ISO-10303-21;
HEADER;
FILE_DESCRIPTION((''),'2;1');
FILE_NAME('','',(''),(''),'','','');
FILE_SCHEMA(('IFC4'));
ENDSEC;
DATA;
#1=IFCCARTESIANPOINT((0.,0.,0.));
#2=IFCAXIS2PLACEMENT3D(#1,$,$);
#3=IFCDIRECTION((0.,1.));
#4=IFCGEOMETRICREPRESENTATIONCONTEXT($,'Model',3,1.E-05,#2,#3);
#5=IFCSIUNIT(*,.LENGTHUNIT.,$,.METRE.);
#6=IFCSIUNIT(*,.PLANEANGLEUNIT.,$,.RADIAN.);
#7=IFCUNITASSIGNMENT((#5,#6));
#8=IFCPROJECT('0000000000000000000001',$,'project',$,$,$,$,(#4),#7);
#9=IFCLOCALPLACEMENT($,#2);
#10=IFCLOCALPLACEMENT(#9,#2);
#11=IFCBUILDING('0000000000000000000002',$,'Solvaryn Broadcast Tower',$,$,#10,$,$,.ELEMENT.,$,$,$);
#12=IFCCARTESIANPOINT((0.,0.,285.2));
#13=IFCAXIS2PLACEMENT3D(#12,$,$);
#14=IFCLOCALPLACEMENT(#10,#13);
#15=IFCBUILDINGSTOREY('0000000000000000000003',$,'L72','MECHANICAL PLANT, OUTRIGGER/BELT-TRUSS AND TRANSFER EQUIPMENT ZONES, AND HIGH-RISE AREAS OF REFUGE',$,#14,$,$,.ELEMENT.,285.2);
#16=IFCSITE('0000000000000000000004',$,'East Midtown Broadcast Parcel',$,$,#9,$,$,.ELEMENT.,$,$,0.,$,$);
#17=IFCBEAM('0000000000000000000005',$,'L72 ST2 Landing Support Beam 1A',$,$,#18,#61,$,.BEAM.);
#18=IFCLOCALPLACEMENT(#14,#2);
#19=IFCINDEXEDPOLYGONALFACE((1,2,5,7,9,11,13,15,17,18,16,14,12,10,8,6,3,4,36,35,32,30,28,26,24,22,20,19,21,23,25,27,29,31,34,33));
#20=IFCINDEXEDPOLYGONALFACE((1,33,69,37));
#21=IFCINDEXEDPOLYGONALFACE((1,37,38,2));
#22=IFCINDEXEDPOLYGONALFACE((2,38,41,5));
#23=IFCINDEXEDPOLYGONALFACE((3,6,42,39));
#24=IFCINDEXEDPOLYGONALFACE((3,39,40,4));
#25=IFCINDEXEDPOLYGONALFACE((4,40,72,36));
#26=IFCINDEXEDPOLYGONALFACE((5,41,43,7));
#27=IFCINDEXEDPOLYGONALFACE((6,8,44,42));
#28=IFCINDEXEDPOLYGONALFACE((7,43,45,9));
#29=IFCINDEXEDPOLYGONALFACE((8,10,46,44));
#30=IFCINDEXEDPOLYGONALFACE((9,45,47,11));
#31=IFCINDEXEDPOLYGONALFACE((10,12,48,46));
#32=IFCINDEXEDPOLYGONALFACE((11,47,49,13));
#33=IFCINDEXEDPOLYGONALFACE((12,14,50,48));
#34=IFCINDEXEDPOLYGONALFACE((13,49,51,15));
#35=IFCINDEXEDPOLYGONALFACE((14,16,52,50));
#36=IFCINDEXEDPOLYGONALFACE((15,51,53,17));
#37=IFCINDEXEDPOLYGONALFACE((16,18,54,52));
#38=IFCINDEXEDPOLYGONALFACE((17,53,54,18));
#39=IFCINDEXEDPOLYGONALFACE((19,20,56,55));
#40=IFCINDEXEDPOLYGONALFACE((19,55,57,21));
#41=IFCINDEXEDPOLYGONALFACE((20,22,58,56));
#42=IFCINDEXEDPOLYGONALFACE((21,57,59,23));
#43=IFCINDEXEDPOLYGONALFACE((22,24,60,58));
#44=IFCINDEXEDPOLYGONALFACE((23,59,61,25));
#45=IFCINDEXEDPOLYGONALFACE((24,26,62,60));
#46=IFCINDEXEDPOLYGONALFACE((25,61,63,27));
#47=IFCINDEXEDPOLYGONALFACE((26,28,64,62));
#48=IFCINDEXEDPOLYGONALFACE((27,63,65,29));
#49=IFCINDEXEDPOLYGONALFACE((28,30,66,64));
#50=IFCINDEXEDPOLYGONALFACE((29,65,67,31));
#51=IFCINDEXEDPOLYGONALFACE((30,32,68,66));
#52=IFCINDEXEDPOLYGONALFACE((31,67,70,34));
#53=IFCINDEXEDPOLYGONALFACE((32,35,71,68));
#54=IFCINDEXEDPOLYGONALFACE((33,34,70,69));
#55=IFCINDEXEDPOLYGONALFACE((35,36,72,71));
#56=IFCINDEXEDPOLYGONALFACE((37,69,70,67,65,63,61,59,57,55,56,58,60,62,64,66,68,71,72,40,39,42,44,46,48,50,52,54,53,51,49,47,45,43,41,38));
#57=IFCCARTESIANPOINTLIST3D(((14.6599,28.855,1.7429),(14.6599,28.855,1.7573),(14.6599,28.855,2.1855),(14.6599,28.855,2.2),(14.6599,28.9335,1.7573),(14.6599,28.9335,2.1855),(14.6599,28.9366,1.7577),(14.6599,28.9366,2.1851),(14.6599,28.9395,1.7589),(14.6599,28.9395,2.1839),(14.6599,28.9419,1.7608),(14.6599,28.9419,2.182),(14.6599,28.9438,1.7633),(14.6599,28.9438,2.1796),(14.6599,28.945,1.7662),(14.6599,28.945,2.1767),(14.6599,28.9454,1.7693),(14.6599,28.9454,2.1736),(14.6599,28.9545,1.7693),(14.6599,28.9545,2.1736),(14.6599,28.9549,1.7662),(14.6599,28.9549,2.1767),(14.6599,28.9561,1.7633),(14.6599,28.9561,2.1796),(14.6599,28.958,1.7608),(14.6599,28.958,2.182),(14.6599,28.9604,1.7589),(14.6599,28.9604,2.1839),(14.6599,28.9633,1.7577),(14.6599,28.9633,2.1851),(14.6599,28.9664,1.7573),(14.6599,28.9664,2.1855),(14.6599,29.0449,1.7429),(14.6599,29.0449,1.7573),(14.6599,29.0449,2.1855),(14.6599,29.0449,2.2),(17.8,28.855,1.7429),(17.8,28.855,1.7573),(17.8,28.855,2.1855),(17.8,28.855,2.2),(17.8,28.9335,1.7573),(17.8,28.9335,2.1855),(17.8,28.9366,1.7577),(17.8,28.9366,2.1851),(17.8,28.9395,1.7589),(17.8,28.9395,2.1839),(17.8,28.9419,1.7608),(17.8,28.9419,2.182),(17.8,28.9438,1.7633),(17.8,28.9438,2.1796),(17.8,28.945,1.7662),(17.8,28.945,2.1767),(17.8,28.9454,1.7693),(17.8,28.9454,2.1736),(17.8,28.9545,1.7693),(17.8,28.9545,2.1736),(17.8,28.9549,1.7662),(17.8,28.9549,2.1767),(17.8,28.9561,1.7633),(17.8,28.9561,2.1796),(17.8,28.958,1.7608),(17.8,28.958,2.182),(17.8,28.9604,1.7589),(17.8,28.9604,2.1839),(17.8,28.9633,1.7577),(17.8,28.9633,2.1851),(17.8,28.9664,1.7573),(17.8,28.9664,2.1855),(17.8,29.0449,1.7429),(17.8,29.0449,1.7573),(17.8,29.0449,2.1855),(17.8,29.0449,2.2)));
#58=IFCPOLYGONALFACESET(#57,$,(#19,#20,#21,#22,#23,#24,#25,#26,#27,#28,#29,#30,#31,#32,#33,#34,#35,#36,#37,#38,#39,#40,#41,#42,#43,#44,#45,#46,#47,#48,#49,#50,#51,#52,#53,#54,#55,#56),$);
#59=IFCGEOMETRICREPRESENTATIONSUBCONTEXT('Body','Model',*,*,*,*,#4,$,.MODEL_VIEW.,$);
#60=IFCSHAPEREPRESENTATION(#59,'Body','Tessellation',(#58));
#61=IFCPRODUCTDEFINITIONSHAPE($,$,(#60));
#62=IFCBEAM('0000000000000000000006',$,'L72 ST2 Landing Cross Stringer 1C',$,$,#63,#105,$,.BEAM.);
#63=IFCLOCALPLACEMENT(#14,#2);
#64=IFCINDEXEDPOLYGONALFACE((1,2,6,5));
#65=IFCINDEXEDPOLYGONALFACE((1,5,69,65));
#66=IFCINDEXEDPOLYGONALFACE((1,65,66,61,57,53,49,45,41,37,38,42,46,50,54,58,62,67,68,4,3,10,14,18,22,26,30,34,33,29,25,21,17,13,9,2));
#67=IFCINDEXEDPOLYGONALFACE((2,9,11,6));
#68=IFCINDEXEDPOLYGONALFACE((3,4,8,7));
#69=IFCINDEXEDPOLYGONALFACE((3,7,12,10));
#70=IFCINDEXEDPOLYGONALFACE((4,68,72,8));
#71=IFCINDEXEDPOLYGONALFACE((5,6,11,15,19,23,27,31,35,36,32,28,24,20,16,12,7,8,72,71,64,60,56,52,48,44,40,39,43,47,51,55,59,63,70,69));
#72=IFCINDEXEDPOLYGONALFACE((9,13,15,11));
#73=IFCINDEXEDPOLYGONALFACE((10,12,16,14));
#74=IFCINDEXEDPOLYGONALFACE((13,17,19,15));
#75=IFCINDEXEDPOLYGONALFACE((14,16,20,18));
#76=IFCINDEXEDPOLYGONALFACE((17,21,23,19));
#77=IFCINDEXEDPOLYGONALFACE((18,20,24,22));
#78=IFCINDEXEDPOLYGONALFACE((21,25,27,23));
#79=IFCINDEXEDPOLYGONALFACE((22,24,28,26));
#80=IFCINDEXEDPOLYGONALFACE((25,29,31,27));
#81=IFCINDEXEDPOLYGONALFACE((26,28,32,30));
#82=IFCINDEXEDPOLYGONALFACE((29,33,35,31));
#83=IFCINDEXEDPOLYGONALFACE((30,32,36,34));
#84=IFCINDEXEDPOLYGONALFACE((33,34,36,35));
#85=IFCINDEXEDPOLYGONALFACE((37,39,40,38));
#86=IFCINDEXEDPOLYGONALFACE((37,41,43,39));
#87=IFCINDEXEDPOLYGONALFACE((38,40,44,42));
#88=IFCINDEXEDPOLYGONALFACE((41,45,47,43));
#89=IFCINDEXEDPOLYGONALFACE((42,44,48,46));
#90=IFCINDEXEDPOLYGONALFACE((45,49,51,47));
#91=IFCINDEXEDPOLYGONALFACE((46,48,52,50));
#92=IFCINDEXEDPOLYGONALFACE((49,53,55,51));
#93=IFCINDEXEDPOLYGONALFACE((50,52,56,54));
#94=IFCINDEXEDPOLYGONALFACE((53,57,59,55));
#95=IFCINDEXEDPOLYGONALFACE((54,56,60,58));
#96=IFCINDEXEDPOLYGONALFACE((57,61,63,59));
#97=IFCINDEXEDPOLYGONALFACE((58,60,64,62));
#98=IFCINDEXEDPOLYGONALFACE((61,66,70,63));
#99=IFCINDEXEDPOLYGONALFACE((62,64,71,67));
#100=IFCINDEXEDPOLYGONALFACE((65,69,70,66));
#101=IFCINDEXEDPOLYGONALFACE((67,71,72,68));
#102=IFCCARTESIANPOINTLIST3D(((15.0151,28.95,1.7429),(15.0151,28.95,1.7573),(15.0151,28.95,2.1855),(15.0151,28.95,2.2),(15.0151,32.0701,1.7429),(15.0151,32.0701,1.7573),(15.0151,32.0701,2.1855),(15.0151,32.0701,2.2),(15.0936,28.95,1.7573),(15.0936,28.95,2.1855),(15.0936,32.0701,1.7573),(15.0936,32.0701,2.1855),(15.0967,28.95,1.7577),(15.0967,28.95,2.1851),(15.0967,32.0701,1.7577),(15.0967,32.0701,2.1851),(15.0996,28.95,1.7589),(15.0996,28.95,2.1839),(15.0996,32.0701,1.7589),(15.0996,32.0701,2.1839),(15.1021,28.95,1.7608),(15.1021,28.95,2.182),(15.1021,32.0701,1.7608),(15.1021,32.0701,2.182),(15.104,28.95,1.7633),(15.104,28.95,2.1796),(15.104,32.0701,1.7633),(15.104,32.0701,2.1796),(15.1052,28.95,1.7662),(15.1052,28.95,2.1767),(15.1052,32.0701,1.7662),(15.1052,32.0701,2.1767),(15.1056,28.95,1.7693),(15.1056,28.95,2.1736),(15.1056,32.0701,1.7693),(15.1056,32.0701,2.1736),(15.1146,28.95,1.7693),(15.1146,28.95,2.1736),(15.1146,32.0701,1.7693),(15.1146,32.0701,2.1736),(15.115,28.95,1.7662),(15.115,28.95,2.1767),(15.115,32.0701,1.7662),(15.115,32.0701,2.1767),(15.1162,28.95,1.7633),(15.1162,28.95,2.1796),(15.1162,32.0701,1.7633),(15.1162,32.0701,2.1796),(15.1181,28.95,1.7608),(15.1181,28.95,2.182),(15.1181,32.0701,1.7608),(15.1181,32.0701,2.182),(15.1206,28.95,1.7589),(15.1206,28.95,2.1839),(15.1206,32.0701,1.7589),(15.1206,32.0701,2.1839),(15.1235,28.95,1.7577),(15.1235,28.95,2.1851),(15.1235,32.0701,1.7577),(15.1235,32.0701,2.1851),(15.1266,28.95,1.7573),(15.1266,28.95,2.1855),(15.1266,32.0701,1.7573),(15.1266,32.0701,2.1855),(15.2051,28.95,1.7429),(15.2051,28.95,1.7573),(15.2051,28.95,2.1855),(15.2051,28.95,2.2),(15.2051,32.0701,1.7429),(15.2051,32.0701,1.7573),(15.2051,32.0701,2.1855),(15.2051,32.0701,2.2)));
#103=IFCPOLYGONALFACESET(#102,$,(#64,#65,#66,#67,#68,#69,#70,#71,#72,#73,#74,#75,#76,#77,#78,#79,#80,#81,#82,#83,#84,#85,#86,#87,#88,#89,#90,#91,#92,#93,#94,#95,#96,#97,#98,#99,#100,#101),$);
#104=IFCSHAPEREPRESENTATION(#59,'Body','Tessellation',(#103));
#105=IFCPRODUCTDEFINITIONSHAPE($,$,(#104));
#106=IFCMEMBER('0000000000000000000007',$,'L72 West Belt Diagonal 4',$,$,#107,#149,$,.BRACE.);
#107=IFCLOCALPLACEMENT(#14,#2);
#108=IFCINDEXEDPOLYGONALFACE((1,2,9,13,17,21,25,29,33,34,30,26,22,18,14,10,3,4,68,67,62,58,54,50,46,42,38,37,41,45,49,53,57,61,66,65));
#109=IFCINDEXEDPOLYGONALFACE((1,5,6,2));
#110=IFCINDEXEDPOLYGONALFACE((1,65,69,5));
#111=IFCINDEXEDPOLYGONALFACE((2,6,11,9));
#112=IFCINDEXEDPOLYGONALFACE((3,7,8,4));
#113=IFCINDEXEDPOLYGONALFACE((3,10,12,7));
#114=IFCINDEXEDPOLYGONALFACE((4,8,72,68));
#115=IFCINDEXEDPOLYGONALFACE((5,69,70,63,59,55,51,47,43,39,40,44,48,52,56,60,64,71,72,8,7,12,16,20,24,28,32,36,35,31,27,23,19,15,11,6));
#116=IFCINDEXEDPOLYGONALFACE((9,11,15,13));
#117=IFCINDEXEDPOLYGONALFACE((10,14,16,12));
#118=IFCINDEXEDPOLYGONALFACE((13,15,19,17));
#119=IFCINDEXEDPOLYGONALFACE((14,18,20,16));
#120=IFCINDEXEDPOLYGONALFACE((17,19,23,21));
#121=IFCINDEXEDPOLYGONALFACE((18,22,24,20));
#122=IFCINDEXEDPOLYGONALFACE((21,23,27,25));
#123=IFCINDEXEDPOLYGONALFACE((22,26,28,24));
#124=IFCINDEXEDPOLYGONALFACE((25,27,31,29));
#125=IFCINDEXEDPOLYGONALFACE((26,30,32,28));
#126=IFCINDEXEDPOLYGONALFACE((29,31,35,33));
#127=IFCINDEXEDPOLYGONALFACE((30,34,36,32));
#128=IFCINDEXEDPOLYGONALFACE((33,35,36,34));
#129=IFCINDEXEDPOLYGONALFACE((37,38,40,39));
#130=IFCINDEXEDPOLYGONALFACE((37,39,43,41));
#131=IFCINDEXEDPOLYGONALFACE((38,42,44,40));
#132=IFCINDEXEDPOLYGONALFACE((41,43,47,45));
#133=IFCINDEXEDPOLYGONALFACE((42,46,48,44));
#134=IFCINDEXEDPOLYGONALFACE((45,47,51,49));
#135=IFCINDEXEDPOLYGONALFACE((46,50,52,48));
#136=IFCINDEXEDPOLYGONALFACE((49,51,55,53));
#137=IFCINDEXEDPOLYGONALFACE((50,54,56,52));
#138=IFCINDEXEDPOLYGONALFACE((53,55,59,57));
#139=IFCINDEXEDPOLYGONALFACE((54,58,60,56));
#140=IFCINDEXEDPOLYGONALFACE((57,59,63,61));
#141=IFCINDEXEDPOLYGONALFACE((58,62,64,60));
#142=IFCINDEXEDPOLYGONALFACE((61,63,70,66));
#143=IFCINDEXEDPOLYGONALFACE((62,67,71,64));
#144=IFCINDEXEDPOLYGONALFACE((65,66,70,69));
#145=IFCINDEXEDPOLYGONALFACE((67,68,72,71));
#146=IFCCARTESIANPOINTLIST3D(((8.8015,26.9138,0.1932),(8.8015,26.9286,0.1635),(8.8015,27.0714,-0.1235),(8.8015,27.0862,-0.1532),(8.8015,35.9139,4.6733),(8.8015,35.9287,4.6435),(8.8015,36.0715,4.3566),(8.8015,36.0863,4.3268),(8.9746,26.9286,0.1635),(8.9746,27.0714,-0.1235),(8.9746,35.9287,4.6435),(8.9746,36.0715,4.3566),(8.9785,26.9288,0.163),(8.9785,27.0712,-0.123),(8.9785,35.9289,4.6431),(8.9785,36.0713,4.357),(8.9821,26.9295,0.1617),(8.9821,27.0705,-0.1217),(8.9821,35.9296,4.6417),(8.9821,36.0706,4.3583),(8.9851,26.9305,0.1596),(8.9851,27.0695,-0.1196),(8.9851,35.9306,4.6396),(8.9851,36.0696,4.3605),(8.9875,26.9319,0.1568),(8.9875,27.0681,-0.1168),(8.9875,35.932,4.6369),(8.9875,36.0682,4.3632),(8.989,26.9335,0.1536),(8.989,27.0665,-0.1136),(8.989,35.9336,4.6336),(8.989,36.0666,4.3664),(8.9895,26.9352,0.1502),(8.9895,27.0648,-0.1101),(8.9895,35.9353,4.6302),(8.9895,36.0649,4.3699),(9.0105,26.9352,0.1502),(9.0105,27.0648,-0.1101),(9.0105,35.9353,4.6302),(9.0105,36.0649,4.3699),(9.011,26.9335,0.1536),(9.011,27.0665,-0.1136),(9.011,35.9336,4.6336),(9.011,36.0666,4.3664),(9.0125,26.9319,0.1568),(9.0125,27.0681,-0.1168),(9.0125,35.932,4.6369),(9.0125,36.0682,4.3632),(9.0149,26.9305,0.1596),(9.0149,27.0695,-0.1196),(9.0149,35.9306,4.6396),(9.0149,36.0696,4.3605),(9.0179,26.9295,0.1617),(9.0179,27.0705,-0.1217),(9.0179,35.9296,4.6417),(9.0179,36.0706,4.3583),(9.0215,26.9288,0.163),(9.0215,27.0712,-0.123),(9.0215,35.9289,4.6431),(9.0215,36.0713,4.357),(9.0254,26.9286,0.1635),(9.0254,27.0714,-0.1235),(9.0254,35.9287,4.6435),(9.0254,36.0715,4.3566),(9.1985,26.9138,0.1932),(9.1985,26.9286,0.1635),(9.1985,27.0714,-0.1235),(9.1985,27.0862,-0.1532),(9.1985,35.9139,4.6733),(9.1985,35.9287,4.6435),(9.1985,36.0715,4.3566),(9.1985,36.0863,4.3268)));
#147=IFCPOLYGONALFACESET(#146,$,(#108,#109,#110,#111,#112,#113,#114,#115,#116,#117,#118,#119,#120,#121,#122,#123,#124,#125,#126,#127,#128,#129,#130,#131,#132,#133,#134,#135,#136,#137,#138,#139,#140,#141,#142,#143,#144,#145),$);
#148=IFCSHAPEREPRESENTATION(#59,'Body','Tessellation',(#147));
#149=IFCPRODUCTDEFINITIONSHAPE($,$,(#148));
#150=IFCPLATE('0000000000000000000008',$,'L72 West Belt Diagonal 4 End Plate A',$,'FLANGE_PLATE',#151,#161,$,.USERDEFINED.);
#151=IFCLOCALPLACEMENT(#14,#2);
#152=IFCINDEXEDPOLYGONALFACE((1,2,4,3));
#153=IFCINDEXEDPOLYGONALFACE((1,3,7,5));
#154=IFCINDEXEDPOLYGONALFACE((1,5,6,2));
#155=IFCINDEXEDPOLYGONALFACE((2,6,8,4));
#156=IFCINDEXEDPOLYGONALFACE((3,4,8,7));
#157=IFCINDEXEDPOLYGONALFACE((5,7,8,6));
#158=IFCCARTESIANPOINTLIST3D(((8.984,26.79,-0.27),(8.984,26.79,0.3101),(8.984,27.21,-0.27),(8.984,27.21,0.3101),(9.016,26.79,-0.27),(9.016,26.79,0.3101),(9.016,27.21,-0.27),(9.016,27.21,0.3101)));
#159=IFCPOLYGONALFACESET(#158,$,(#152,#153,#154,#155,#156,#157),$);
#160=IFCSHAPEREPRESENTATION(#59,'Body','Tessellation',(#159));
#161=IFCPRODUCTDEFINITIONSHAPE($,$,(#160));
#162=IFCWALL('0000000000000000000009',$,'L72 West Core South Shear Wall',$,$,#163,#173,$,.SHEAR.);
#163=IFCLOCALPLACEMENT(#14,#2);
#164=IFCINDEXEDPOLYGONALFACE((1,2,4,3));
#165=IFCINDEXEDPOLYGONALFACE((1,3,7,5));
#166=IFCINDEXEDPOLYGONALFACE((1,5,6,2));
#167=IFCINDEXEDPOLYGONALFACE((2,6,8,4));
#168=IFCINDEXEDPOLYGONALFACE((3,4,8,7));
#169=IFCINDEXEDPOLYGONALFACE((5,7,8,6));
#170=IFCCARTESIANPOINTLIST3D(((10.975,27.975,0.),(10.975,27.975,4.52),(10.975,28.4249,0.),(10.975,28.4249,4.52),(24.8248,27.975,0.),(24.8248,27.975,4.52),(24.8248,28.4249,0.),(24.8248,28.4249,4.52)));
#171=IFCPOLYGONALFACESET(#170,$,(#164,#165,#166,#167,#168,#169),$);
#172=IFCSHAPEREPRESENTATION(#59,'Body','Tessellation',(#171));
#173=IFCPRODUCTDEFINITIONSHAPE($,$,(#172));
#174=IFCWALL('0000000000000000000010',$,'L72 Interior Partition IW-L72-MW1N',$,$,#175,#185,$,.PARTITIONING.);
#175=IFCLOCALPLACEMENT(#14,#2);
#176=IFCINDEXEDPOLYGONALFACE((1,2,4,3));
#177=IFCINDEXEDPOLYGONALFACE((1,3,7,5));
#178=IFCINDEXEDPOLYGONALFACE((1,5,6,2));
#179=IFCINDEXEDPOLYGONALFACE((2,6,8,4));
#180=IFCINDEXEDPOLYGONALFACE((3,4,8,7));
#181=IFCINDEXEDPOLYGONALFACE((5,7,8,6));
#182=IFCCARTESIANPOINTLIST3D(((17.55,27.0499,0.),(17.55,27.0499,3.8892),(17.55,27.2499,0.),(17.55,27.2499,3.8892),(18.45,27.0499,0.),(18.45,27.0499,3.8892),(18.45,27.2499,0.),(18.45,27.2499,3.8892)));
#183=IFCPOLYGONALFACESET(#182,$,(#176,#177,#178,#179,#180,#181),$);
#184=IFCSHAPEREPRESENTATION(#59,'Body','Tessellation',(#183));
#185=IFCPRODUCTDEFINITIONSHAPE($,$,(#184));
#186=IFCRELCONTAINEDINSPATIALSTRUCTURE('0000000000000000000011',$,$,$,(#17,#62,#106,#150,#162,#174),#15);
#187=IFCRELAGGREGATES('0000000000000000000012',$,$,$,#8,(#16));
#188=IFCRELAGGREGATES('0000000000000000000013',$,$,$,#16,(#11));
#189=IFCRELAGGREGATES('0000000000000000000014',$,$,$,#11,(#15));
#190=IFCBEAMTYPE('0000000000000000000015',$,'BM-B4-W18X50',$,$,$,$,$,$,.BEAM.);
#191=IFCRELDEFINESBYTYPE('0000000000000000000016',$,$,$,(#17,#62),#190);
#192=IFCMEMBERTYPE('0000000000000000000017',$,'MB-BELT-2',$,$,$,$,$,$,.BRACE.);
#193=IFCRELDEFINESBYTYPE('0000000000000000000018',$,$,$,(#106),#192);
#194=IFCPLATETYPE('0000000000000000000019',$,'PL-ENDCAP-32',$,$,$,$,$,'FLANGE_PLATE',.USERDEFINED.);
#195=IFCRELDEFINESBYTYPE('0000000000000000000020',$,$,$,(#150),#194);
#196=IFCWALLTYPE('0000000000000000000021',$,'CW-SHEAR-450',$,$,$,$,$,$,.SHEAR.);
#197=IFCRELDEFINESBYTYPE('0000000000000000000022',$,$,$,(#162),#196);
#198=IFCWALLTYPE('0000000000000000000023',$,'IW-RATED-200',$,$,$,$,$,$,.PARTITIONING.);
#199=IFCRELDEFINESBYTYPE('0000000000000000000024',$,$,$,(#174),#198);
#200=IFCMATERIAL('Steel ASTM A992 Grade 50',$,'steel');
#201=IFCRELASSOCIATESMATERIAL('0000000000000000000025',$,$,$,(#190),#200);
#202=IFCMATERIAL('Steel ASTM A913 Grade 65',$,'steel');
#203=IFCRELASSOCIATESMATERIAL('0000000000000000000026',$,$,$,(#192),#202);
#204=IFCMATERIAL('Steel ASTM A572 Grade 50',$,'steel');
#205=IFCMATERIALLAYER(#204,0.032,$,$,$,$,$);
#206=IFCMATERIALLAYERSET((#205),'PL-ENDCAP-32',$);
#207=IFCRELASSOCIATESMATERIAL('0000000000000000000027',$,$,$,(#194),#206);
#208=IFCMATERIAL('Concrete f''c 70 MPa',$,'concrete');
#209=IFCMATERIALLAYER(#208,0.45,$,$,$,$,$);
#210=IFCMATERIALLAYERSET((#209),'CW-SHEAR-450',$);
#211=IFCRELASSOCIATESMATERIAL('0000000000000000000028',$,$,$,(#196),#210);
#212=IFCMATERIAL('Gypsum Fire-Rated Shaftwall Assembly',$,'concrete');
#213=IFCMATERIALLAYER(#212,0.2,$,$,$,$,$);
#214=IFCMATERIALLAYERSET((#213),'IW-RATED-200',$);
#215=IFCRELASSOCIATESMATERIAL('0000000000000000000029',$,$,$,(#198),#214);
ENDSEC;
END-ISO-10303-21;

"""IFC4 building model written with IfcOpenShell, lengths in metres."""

from ifc_helpers import new_model, si_unit, direction, frame, frame_2d, origin, origin_2d, place, context, subcontext, project, spatial, rectangle, i_section, extrude, material, layer, layer_set, material_profile, profile_set, type_object, element, save


model = new_model("IFC4")

# Units and contexts
model_context = context("Model", 3, precision=1e-05, world=origin(), true_north=direction((0.0, 1.0)))
body_context = subcontext(model_context, "Body", "Model", "MODEL_VIEW")
ifc_project = project(units=[si_unit("LENGTHUNIT", "METRE"), si_unit("PLANEANGLEUNIT", "RADIAN")], contexts=[model_context])

# Site, building, storey
site_placement = place(None, origin())
site = spatial("IfcSite", under=ifc_project, at=site_placement, Name="East Midtown Broadcast Parcel", CompositionType="ELEMENT", RefElevation=0.0)
building_placement = place(site_placement, origin())
building = spatial("IfcBuilding", under=site, at=building_placement, Name="Solvaryn Broadcast Tower", CompositionType="ELEMENT")
storey_placement = place(building_placement, frame((0.0, 0.0, 285.2)))
storey = spatial("IfcBuildingStorey", under=building, at=storey_placement, Name="L72", Description="MECHANICAL PLANT, OUTRIGGER/BELT-TRUSS AND TRANSFER EQUIPMENT ZONES, AND HIGH-RISE AREAS OF REFUGE", CompositionType="ELEMENT", Elevation=285.2)

# Beams
ifc_material_1 = material(Name="Steel ASTM A992 Grade 50", Category="steel")
ifc_material_profile_1 = material_profile(ifc_material_1, i_section(OverallWidth=0.1899, OverallDepth=0.457, WebThickness=0.009, FlangeThickness=0.0144, FilletRadius=0.012, at=origin_2d()))
ifc_profile_set_1 = profile_set([ifc_material_profile_1], Name="Steel ASTM A992 Grade 50")
beam_type_1 = type_object("IfcBeamType", Name="BM-B4-W18X50", PredefinedType="BEAM", material=ifc_profile_set_1)
beam_1_placement = place(storey_placement, frame((14.6599, 28.95, 1.9714), z_axis=(1.0, 0.0, 0.0), x_axis=(0.0, 1.0, 0.0)))
element("IfcBeam", 1, at=beam_1_placement, inside=storey, type_object=beam_type_1, Name="L72 ST2 Landing Support Beam 1A", PredefinedType="BEAM", context=body_context, shape_type="SweptSolid", body=[
    extrude(i_section(OverallWidth=0.1899, OverallDepth=0.457, WebThickness=0.009, FlangeThickness=0.0144, FilletRadius=0.012, at=origin_2d()), origin(), (0.0, 0.0, 1.0), 3.1401),
])
beam_2_placement = place(storey_placement, frame((15.1101, 28.95, 1.9714), z_axis=(0.0, 1.0, 0.0), x_axis=(-1.0, 0.0, 0.0)))
element("IfcBeam", 2, at=beam_2_placement, inside=storey, type_object=beam_type_1, Name="L72 ST2 Landing Cross Stringer 1C", PredefinedType="BEAM", context=body_context, shape_type="SweptSolid", body=[
    extrude(i_section(OverallWidth=0.1899, OverallDepth=0.457, WebThickness=0.009, FlangeThickness=0.0144, FilletRadius=0.012, at=origin_2d()), origin(), (0.0, 0.0, 1.0), 3.1201),
])

# Member
ifc_material_2 = material(Name="Steel ASTM A913 Grade 65", Category="steel")
ifc_material_profile_2 = material_profile(ifc_material_2, i_section(OverallWidth=0.397, OverallDepth=0.387, WebThickness=0.021, FlangeThickness=0.0332, FilletRadius=0.0149, at=origin_2d()))
ifc_profile_set_2 = profile_set([ifc_material_profile_2], Name="Steel ASTM A913 Grade 65")
member_type = type_object("IfcMemberType", Name="MB-BELT-2", PredefinedType="BRACE", material=ifc_profile_set_2)
member_placement = place(storey_placement, frame((9.0, 27.0, 0.02), z_axis=(0.0, 0.895222, 0.44562), x_axis=(-1.0, 0.0, 0.0)))
element("IfcMember", 3, at=member_placement, inside=storey, type_object=member_type, Name="L72 West Belt Diagonal 4", PredefinedType="BRACE", context=body_context, shape_type="SweptSolid", body=[
    extrude(i_section(OverallWidth=0.397, OverallDepth=0.387, WebThickness=0.021, FlangeThickness=0.0332, FilletRadius=0.0149, at=origin_2d()), origin(), (0.0, 0.0, 1.0), 10.0535),
])

# Plate
ifc_material_3 = material(Name="Steel ASTM A572 Grade 50", Category="steel")
ifc_layer_1 = layer(ifc_material_3, 0.032)
ifc_layer_set_1 = layer_set([ifc_layer_1], Name="PL-ENDCAP-32")
plate_type = type_object("IfcPlateType", Name="PL-ENDCAP-32", ElementType="FLANGE_PLATE", PredefinedType="USERDEFINED", material=ifc_layer_set_1)
plate_placement = place(storey_placement, frame((9.0, 27.0, -0.27), z_axis=(0.0, 0.0, 1.0), x_axis=(1.0, 0.0, 0.0)))
element("IfcPlate", 4, at=plate_placement, inside=storey, type_object=plate_type, Name="L72 West Belt Diagonal 4 End Plate A", ObjectType="FLANGE_PLATE", PredefinedType="USERDEFINED", context=body_context, shape_type="SweptSolid", body=[
    extrude(rectangle(XDim=0.032, YDim=0.4199, at=origin_2d()), origin(), (0.0, 0.0, 1.0), 0.5801),
])

# Walls
ifc_material_4 = material(Name="Concrete f'c 70 MPa", Category="concrete")
ifc_layer_2 = layer(ifc_material_4, 0.45)
ifc_layer_set_2 = layer_set([ifc_layer_2], Name="CW-SHEAR-450")
wall_type_1 = type_object("IfcWallType", Name="CW-SHEAR-450", PredefinedType="SHEAR", material=ifc_layer_set_2)
wall_1_placement = place(storey_placement, frame((10.9751, 28.2, 0.0), z_axis=(0.0, 0.0, 1.0), x_axis=(1.0, 0.0, 0.0)))
element("IfcWall", 5, at=wall_1_placement, inside=storey, type_object=wall_type_1, Name="L72 West Core South Shear Wall", PredefinedType="SHEAR", context=body_context, shape_type="SweptSolid", body=[
    extrude(rectangle(XDim=13.8499, YDim=0.45, at=frame_2d((6.9248, 0.0))), origin(), (0.0, 0.0, 1.0), 4.52),
])
ifc_material_5 = material(Name="Gypsum Fire-Rated Shaftwall Assembly", Category="concrete")
ifc_layer_3 = layer(ifc_material_5, 0.2)
ifc_layer_set_3 = layer_set([ifc_layer_3], Name="IW-RATED-200")
wall_type_2 = type_object("IfcWallType", Name="IW-RATED-200", PredefinedType="PARTITIONING", material=ifc_layer_set_3)
wall_2_placement = place(storey_placement, frame((17.55, 27.1499, 0.0), z_axis=(0.0, 0.0, 1.0), x_axis=(1.0, 0.0, 0.0)))
element("IfcWall", 6, at=wall_2_placement, inside=storey, type_object=wall_type_2, Name="L72 Interior Partition IW-L72-MW1N", PredefinedType="PARTITIONING", context=body_context, shape_type="SweptSolid", body=[
    extrude(rectangle(XDim=0.8999, YDim=0.2, at=frame_2d((0.45, 0.0))), origin(), (0.0, 0.0, 1.0), 3.8892),
])

save(model, "model.ifc")
